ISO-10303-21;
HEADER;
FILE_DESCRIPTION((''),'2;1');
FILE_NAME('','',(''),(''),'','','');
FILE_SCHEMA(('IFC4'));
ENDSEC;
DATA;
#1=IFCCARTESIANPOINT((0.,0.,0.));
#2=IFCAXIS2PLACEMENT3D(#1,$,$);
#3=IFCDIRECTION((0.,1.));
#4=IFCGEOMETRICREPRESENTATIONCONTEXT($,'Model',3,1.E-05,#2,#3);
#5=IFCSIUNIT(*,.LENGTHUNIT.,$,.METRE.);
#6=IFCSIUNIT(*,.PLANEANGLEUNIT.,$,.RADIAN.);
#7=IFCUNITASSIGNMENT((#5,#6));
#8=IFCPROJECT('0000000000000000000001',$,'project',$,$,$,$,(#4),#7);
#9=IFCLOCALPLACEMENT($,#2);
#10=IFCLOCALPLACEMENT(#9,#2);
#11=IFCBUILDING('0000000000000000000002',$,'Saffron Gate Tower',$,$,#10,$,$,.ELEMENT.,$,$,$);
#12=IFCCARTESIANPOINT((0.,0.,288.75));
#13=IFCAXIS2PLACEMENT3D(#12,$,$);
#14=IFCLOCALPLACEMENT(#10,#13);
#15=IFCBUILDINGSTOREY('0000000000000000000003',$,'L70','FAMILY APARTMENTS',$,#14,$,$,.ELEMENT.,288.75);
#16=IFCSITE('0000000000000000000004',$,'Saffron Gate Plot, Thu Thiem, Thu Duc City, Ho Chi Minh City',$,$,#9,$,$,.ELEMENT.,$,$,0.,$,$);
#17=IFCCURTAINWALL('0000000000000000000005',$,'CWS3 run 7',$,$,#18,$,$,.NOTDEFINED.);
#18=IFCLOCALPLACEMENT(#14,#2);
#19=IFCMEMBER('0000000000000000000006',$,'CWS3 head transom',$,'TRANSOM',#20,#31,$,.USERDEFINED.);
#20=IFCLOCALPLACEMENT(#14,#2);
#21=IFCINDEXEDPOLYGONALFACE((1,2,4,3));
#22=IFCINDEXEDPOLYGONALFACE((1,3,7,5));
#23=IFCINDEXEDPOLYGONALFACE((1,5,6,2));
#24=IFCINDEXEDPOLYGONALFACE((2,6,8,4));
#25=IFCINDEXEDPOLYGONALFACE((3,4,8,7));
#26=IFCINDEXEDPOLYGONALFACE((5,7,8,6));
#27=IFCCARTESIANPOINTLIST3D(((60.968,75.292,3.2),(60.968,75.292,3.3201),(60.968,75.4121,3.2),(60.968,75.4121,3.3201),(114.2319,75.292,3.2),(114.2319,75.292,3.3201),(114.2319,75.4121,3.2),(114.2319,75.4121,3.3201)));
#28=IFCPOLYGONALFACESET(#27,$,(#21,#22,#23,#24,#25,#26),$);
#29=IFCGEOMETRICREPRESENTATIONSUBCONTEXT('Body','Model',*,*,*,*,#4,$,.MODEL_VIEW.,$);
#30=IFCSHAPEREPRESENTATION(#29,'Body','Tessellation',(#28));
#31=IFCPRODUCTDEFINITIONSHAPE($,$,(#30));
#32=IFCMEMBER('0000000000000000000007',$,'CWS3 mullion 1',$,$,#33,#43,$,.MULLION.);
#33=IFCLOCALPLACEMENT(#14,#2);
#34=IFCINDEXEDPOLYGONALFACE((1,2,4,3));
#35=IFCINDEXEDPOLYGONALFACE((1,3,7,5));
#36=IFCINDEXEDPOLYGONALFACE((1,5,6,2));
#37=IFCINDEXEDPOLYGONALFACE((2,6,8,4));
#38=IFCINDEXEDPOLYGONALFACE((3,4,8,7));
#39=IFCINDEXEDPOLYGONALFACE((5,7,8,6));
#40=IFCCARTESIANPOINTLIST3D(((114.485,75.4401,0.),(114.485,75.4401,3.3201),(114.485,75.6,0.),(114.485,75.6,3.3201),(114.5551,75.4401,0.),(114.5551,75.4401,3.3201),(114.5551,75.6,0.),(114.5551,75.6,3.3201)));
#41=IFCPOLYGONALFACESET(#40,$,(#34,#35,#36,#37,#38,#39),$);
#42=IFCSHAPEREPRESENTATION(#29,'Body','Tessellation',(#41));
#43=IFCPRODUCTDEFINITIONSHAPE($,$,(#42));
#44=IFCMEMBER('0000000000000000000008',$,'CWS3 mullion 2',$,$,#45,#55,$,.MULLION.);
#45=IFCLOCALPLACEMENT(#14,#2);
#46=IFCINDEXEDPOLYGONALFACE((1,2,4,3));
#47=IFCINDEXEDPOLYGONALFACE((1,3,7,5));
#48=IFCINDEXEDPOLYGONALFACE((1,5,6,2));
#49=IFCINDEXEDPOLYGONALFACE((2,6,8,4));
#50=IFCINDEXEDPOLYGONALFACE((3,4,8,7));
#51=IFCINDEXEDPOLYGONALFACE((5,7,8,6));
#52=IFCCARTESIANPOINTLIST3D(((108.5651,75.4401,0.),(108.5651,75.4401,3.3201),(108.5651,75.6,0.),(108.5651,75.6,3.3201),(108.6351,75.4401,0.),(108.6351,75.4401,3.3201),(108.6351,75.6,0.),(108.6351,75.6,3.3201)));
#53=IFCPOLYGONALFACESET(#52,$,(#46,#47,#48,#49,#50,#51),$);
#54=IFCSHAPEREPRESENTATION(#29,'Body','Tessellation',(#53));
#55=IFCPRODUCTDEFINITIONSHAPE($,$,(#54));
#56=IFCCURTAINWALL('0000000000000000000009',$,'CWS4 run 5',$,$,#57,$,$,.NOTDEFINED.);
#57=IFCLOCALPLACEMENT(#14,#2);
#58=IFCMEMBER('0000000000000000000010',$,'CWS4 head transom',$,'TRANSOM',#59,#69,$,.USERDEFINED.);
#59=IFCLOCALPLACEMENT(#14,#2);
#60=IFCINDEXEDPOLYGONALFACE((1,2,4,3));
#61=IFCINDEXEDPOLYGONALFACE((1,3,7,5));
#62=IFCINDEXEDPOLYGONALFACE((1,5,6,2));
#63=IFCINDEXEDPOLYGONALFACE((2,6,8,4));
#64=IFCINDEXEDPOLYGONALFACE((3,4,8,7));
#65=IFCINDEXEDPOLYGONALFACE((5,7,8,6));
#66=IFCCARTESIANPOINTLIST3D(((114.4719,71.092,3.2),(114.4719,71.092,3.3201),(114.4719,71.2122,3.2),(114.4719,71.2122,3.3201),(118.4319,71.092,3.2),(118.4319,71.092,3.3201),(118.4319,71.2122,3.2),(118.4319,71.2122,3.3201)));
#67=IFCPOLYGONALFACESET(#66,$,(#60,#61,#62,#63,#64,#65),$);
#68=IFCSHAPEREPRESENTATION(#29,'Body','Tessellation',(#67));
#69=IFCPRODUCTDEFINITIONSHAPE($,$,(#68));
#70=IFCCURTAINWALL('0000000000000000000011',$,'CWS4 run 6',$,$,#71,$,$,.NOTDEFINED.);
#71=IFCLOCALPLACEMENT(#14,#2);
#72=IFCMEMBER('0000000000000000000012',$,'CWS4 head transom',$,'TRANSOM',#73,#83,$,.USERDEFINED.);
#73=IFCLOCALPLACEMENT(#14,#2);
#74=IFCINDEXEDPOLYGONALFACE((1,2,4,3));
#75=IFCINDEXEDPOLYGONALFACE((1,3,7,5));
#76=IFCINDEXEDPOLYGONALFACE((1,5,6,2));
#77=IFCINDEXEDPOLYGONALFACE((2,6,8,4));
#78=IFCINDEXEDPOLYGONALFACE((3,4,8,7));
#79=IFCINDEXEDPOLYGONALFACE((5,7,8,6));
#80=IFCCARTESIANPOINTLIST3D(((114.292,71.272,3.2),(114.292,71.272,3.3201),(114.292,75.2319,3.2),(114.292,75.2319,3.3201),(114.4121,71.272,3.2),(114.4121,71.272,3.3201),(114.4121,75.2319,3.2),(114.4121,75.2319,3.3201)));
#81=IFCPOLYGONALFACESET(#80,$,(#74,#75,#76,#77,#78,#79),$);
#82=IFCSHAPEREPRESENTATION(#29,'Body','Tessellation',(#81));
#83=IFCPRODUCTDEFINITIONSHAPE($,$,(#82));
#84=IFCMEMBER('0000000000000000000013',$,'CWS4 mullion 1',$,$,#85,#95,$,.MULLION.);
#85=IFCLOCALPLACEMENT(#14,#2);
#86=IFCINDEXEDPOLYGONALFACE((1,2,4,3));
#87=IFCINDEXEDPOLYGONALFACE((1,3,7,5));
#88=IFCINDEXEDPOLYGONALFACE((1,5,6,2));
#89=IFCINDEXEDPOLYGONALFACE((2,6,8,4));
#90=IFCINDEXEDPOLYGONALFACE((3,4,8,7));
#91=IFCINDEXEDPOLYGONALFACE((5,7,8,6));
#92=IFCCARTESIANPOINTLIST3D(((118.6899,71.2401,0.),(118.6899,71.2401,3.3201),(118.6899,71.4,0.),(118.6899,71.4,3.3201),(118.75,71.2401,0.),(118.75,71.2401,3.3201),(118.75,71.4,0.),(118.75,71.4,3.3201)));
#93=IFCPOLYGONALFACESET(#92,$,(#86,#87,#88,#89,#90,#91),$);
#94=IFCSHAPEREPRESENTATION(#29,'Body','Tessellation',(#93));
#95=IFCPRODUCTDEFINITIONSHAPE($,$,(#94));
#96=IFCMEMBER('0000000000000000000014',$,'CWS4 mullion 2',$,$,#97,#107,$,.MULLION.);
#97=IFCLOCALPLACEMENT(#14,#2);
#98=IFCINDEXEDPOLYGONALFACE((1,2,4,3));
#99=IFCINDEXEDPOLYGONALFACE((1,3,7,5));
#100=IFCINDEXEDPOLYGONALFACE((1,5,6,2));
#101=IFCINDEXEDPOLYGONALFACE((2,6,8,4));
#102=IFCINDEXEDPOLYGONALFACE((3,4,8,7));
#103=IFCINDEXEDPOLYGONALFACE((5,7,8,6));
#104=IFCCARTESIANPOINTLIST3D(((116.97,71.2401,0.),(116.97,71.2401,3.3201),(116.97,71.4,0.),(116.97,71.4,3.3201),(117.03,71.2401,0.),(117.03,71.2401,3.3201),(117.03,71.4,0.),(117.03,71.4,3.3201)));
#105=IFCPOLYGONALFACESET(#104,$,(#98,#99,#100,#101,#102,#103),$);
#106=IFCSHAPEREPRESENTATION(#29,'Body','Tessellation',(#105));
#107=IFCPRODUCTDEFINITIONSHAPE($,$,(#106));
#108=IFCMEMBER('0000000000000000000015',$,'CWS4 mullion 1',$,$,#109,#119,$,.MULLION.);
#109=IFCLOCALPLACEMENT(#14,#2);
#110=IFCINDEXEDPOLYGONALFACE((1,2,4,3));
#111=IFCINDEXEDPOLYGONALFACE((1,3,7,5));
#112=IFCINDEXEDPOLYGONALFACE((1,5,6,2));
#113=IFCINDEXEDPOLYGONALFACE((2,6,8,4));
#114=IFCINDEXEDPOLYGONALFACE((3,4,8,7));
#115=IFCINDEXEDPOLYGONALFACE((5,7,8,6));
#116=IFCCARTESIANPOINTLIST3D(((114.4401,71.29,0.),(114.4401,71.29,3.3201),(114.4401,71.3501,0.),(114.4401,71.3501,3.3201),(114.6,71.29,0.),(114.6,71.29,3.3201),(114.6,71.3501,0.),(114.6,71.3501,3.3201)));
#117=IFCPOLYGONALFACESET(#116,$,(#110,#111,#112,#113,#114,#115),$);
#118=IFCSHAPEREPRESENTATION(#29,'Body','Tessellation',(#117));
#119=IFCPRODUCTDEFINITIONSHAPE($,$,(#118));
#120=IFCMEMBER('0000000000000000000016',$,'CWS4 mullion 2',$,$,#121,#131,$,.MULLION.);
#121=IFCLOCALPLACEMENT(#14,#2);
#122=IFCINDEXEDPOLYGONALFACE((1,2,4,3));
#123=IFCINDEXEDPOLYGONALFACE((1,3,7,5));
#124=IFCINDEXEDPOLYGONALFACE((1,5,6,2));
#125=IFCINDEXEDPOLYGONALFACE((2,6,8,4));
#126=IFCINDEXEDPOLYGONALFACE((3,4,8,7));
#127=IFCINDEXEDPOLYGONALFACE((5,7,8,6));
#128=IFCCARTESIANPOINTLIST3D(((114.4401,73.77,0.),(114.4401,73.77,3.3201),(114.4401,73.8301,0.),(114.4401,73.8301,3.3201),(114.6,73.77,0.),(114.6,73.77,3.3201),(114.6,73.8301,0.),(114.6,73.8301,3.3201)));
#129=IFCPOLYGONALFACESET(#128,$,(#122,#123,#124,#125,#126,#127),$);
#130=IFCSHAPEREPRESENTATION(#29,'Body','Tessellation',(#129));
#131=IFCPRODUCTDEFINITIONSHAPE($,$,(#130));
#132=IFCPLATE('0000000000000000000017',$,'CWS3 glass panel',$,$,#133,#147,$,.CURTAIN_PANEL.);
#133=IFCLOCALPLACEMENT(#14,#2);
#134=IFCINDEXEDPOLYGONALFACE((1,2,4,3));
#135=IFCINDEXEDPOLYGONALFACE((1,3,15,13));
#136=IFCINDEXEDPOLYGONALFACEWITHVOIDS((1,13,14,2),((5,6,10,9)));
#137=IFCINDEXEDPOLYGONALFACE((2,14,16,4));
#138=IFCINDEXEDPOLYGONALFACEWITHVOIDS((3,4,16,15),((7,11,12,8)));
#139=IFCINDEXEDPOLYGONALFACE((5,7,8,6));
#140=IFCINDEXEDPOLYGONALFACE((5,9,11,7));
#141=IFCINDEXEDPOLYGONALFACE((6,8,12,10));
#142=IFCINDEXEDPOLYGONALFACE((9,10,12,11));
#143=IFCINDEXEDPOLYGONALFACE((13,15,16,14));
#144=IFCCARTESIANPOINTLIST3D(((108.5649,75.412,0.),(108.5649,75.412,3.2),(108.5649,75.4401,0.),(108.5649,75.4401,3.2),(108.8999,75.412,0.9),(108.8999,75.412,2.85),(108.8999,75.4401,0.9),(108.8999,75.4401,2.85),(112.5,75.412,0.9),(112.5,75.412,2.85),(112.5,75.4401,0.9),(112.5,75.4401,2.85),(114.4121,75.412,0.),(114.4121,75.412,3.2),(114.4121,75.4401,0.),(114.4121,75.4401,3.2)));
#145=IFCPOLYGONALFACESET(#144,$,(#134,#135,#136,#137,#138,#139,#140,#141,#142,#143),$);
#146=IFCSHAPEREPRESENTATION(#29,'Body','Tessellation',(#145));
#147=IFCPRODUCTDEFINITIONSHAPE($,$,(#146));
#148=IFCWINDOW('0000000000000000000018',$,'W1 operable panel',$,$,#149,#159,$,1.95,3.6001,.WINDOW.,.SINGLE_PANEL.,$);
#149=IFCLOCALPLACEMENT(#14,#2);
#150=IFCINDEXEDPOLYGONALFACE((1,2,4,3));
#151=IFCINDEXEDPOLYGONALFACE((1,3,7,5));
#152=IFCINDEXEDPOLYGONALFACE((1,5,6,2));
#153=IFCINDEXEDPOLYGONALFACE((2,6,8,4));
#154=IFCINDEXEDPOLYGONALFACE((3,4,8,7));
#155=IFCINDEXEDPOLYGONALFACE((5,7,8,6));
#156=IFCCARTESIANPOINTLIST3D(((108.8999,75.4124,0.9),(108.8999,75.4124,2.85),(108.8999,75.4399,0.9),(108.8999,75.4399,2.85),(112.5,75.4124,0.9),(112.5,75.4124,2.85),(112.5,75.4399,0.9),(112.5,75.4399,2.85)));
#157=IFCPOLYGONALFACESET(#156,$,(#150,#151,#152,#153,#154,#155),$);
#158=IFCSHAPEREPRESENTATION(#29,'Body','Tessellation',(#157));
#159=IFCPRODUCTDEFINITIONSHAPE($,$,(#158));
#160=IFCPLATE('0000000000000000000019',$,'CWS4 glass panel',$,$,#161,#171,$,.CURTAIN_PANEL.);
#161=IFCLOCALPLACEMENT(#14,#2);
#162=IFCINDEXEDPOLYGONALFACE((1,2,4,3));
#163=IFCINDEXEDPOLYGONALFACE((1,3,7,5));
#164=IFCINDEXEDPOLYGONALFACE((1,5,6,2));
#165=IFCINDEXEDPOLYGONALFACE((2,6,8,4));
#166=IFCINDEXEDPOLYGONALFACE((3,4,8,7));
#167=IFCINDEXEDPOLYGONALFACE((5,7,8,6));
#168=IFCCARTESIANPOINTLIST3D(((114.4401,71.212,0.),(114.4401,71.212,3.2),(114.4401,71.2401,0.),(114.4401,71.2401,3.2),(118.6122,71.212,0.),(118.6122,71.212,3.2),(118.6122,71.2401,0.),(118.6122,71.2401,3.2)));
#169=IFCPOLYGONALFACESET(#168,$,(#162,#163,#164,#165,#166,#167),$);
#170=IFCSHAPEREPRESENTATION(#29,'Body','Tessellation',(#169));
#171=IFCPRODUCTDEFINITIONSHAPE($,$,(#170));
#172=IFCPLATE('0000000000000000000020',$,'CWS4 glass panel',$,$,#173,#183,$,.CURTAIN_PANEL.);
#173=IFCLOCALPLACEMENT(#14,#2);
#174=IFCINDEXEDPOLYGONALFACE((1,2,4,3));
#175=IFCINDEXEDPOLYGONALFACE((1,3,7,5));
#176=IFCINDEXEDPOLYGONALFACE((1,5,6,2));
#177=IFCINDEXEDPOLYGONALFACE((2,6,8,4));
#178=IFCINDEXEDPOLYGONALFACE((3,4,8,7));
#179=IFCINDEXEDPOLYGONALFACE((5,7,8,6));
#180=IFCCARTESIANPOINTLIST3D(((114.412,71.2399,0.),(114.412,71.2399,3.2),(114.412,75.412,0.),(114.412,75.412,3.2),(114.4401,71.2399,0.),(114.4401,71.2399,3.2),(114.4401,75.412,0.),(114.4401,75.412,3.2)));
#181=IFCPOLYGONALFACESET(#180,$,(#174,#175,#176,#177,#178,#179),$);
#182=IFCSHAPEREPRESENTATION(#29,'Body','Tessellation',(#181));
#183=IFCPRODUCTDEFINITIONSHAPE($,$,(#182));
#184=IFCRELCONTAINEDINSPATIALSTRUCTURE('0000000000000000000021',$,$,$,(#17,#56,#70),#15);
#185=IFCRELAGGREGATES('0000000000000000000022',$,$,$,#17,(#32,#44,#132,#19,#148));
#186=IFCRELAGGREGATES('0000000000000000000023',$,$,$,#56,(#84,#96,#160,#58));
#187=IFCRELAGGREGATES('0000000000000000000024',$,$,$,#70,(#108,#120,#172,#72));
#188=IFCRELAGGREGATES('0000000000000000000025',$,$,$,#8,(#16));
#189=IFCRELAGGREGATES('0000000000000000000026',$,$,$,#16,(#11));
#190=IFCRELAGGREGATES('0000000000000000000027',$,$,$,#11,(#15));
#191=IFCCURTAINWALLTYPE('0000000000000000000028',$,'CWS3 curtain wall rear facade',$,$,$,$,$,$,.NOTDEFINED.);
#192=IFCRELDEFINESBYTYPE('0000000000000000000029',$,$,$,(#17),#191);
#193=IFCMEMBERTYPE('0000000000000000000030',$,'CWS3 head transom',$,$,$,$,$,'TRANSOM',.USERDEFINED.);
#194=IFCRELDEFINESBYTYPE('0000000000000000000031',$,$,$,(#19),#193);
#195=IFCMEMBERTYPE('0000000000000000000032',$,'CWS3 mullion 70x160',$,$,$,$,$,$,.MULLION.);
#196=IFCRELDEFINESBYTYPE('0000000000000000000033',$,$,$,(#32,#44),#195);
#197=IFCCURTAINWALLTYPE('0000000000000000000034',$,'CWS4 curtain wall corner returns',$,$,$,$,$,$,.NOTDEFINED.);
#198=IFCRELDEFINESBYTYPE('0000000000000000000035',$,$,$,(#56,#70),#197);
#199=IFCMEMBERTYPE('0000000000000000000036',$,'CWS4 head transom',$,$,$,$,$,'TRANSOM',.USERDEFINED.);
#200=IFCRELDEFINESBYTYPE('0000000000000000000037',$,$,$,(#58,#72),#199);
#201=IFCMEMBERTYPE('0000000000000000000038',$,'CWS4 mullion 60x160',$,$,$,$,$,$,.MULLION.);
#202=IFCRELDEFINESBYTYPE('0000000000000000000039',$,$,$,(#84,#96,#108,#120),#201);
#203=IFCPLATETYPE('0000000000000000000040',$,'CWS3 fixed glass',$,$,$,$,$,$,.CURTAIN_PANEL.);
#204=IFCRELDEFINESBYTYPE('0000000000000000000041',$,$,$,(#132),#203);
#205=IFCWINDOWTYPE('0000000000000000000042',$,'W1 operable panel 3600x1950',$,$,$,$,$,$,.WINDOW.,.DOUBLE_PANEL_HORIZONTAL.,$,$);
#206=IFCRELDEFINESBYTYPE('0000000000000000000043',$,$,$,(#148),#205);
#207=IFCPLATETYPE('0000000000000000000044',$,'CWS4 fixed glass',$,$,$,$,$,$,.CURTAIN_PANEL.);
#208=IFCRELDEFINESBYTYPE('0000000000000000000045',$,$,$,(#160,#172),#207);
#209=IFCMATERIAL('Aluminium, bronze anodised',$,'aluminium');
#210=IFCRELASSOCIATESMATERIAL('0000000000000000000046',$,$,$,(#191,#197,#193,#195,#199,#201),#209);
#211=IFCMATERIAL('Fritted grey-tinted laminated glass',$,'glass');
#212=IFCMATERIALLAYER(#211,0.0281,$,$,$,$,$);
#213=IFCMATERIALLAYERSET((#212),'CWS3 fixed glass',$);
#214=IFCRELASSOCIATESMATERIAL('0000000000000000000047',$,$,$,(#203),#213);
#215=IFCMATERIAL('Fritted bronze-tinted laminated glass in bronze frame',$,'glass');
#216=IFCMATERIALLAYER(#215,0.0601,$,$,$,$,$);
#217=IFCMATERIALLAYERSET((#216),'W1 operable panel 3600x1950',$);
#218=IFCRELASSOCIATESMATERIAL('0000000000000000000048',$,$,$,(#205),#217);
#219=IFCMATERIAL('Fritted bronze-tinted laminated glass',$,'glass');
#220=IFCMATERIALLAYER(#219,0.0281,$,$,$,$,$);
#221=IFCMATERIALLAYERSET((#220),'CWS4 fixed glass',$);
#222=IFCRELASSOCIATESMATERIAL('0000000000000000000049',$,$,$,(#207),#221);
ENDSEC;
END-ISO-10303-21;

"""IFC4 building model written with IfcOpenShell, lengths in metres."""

from ifc_helpers import new_model, si_unit, direction, frame, frame_2d, origin, origin_2d, place, context, subcontext, project, spatial, rectangle, extrude, material, layer, layer_set, material_profile, profile_set, type_object, element, fill, aggregate, save


model = new_model("IFC4")

# Units and contexts
model_context = context("Model", 3, precision=1e-05, world=origin(), true_north=direction((0.0, 1.0)))
body_context = subcontext(model_context, "Body", "Model", "MODEL_VIEW")
ifc_project = project(units=[si_unit("LENGTHUNIT", "METRE"), si_unit("PLANEANGLEUNIT", "RADIAN")], contexts=[model_context])

# Site, building, storey
site_placement = place(None, origin())
site = spatial("IfcSite", under=ifc_project, at=site_placement, Name="Saffron Gate Plot, Thu Thiem, Thu Duc City, Ho Chi Minh City", CompositionType="ELEMENT", RefElevation=0.0)
building_placement = place(site_placement, origin())
building = spatial("IfcBuilding", under=site, at=building_placement, Name="Saffron Gate Tower", CompositionType="ELEMENT")
storey_placement = place(building_placement, frame((0.0, 0.0, 288.75)))
storey = spatial("IfcBuildingStorey", under=building, at=storey_placement, Name="L70", Description="FAMILY APARTMENTS", CompositionType="ELEMENT", Elevation=288.75)

# Curtain wall, members
ifc_material_1 = material(Name="Aluminium, bronze anodised", Category="aluminium")
curtain_wall_type_1 = type_object("IfcCurtainWallType", Name="CWS3 curtain wall rear facade", PredefinedType="NOTDEFINED", material=ifc_material_1)
curtain_wall_1_placement = place(storey_placement, origin())
curtain_wall_1 = element("IfcCurtainWall", 1, at=curtain_wall_1_placement, inside=storey, type_object=curtain_wall_type_1, Name="CWS3 run 7", PredefinedType="NOTDEFINED")
ifc_material_profile_1 = material_profile(ifc_material_1, rectangle(XDim=0.1201, YDim=0.1201, at=origin_2d()))
ifc_profile_set_1 = profile_set([ifc_material_profile_1], Name="Aluminium, bronze anodised")
member_type_1 = type_object("IfcMemberType", Name="CWS3 head transom", ElementType="TRANSOM", PredefinedType="USERDEFINED", material=ifc_profile_set_1)
member_1_placement = place(storey_placement, frame((114.2319, 75.3521, 3.26), z_axis=(-1.0, 0.0, 0.0), x_axis=(0.0, -1.0, 0.0)))
member_1 = element("IfcMember", 2, at=member_1_placement, type_object=member_type_1, Name="CWS3 head transom", ObjectType="TRANSOM", PredefinedType="USERDEFINED", context=body_context, shape_type="SweptSolid", body=[
    extrude(rectangle(XDim=0.1201, YDim=0.1201, at=origin_2d()), origin(), (0.0, 0.0, 1.0), 53.2639),
])
ifc_material_profile_2 = material_profile(ifc_material_1, rectangle(XDim=0.1599, YDim=0.0701, at=origin_2d()))
ifc_profile_set_2 = profile_set([ifc_material_profile_2], Name="Aluminium, bronze anodised")
member_type_2 = type_object("IfcMemberType", Name="CWS3 mullion 70x160", PredefinedType="MULLION", material=ifc_profile_set_2)
member_2_placement = place(storey_placement, frame((114.52, 75.52, 0.0), z_axis=(0.0, 0.0, 1.0), x_axis=(0.0, -1.0, 0.0)))
member_2 = element("IfcMember", 3, at=member_2_placement, type_object=member_type_2, Name="CWS3 mullion 1", PredefinedType="MULLION", context=body_context, shape_type="SweptSolid", body=[
    extrude(rectangle(XDim=0.1599, YDim=0.0701, at=origin_2d()), origin(), (0.0, 0.0, 1.0), 3.3201),
])
member_3_placement = place(storey_placement, frame((108.6001, 75.52, 0.0), z_axis=(0.0, 0.0, 1.0), x_axis=(0.0, -1.0, 0.0)))
member_3 = element("IfcMember", 4, at=member_3_placement, type_object=member_type_2, Name="CWS3 mullion 2", PredefinedType="MULLION", context=body_context, shape_type="SweptSolid", body=[
    extrude(rectangle(XDim=0.1599, YDim=0.0701, at=origin_2d()), origin(), (0.0, 0.0, 1.0), 3.3201),
])

# Curtain walls, members
curtain_wall_type_2 = type_object("IfcCurtainWallType", Name="CWS4 curtain wall corner returns", PredefinedType="NOTDEFINED", material=ifc_material_1)
curtain_wall_2_placement = place(storey_placement, origin())
curtain_wall_2 = element("IfcCurtainWall", 5, at=curtain_wall_2_placement, inside=storey, type_object=curtain_wall_type_2, Name="CWS4 run 5", PredefinedType="NOTDEFINED")
ifc_material_profile_3 = material_profile(ifc_material_1, rectangle(XDim=0.1201, YDim=0.1201, at=origin_2d()))
ifc_profile_set_3 = profile_set([ifc_material_profile_3], Name="Aluminium, bronze anodised")
member_type_3 = type_object("IfcMemberType", Name="CWS4 head transom", ElementType="TRANSOM", PredefinedType="USERDEFINED", material=ifc_profile_set_3)
member_4_placement = place(storey_placement, frame((118.4319, 71.1521, 3.26), z_axis=(-1.0, 0.0, 0.0), x_axis=(0.0, -1.0, 0.0)))
member_4 = element("IfcMember", 6, at=member_4_placement, type_object=member_type_3, Name="CWS4 head transom", ObjectType="TRANSOM", PredefinedType="USERDEFINED", context=body_context, shape_type="SweptSolid", body=[
    extrude(rectangle(XDim=0.1201, YDim=0.1201, at=origin_2d()), origin(), (0.0, 0.0, 1.0), 3.96),
])
curtain_wall_3_placement = place(storey_placement, origin())
curtain_wall_3 = element("IfcCurtainWall", 7, at=curtain_wall_3_placement, inside=storey, type_object=curtain_wall_type_2, Name="CWS4 run 6", PredefinedType="NOTDEFINED")
member_5_placement = place(storey_placement, frame((114.3521, 71.272, 3.26), z_axis=(0.0, 1.0, 0.0), x_axis=(-1.0, 0.0, 0.0)))
member_5 = element("IfcMember", 8, at=member_5_placement, type_object=member_type_3, Name="CWS4 head transom", ObjectType="TRANSOM", PredefinedType="USERDEFINED", context=body_context, shape_type="SweptSolid", body=[
    extrude(rectangle(XDim=0.1201, YDim=0.1201, at=origin_2d()), origin(), (0.0, 0.0, 1.0), 3.96),
])

# Members
ifc_material_profile_4 = material_profile(ifc_material_1, rectangle(XDim=0.1599, YDim=0.0601, at=origin_2d()))
ifc_profile_set_4 = profile_set([ifc_material_profile_4], Name="Aluminium, bronze anodised")
member_type_4 = type_object("IfcMemberType", Name="CWS4 mullion 60x160", PredefinedType="MULLION", material=ifc_profile_set_4)
member_6_placement = place(storey_placement, frame((118.72, 71.3201, 0.0), z_axis=(0.0, 0.0, 1.0), x_axis=(0.0, -1.0, 0.0)))
member_6 = element("IfcMember", 9, at=member_6_placement, type_object=member_type_4, Name="CWS4 mullion 1", PredefinedType="MULLION", context=body_context, shape_type="SweptSolid", body=[
    extrude(rectangle(XDim=0.1599, YDim=0.0601, at=origin_2d()), origin(), (0.0, 0.0, 1.0), 3.3201),
])
member_7_placement = place(storey_placement, frame((117.0, 71.3201, 0.0), z_axis=(0.0, 0.0, 1.0), x_axis=(0.0, -1.0, 0.0)))
member_7 = element("IfcMember", 10, at=member_7_placement, type_object=member_type_4, Name="CWS4 mullion 2", PredefinedType="MULLION", context=body_context, shape_type="SweptSolid", body=[
    extrude(rectangle(XDim=0.1599, YDim=0.0601, at=origin_2d()), origin(), (0.0, 0.0, 1.0), 3.3201),
])
member_8_placement = place(storey_placement, frame((114.52, 71.3201, 0.0), z_axis=(0.0, 0.0, 1.0), x_axis=(-1.0, 0.0, 0.0)))
member_8 = element("IfcMember", 11, at=member_8_placement, type_object=member_type_4, Name="CWS4 mullion 1", PredefinedType="MULLION", context=body_context, shape_type="SweptSolid", body=[
    extrude(rectangle(XDim=0.1599, YDim=0.0601, at=origin_2d()), origin(), (0.0, 0.0, 1.0), 3.3201),
])
member_9_placement = place(storey_placement, frame((114.52, 73.8, 0.0), z_axis=(0.0, 0.0, 1.0), x_axis=(-1.0, 0.0, 0.0)))
member_9 = element("IfcMember", 12, at=member_9_placement, type_object=member_type_4, Name="CWS4 mullion 2", PredefinedType="MULLION", context=body_context, shape_type="SweptSolid", body=[
    extrude(rectangle(XDim=0.1599, YDim=0.0601, at=origin_2d()), origin(), (0.0, 0.0, 1.0), 3.3201),
])

# Plate, opening, window
ifc_material_2 = material(Name="Fritted grey-tinted laminated glass", Category="glass")
ifc_layer_1 = layer(ifc_material_2, 0.0281)
ifc_layer_set_1 = layer_set([ifc_layer_1], Name="CWS3 fixed glass")
plate_type_1 = type_object("IfcPlateType", Name="CWS3 fixed glass", PredefinedType="CURTAIN_PANEL", material=ifc_layer_set_1)
plate_1_placement = place(storey_placement, frame((114.4121, 75.426, 0.0), z_axis=(0.0, 0.0, 1.0), x_axis=(-1.0, 0.0, 0.0)))
plate_1 = element("IfcPlate", 13, at=plate_1_placement, type_object=plate_type_1, Name="CWS3 glass panel", PredefinedType="CURTAIN_PANEL", context=body_context, shape_type="SweptSolid", body=[
    extrude(rectangle(XDim=5.8472, YDim=0.0281, at=frame_2d((2.9236, 0.0))), origin(), (0.0, 0.0, 1.0), 3.2),
])
opening_1_placement = place(plate_1_placement, frame((1.9121, 0.0, 0.8999)))
opening_1 = element("IfcOpeningElement", 14, at=opening_1_placement, cuts=plate_1, PredefinedType="OPENING", context=body_context, shape_type="SweptSolid", body=[
    extrude(rectangle(XDim=3.6001, YDim=1.95, at=frame_2d((1.8, 0.9751))), frame((0.0, 0.0239, 0.0), z_axis=(0.0, -1.0, 0.0), x_axis=(1.0, 0.0, 0.0)), (0.0, 0.0, 1.0), 0.0481),
])
ifc_material_3 = material(Name="Fritted bronze-tinted laminated glass in bronze frame", Category="glass")
ifc_layer_2 = layer(ifc_material_3, 0.0601)
ifc_layer_set_2 = layer_set([ifc_layer_2], Name="W1 operable panel 3600x1950")
window_type = type_object("IfcWindowType", Name="W1 operable panel 3600x1950", PartitioningType="DOUBLE_PANEL_HORIZONTAL", PredefinedType="WINDOW", material=ifc_layer_set_2)
window_placement = place(opening_1_placement, origin())
window = element("IfcWindow", 15, at=window_placement, type_object=window_type, Name="W1 operable panel", OverallHeight=1.95, OverallWidth=3.6001, PartitioningType="SINGLE_PANEL", PredefinedType="WINDOW", context=body_context, shape_type="SweptSolid", body=[
    extrude(rectangle(XDim=3.6001, YDim=1.95, at=frame_2d((1.8, 0.9751))), frame((0.0, 0.0137, 0.0), z_axis=(0.0, -1.0, 0.0), x_axis=(1.0, 0.0, 0.0)), (0.0, 0.0, 1.0), 0.0276),
])
fill(opening_1, window)
aggregate(curtain_wall_1, [member_2, member_3, plate_1, member_1, window])

# Plates
ifc_material_4 = material(Name="Fritted bronze-tinted laminated glass", Category="glass")
ifc_layer_3 = layer(ifc_material_4, 0.0281)
ifc_layer_set_3 = layer_set([ifc_layer_3], Name="CWS4 fixed glass")
plate_type_2 = type_object("IfcPlateType", Name="CWS4 fixed glass", PredefinedType="CURTAIN_PANEL", material=ifc_layer_set_3)
plate_2_placement = place(storey_placement, frame((118.6121, 71.2261, 0.0), z_axis=(0.0, 0.0, 1.0), x_axis=(-1.0, 0.0, 0.0)))
plate_2 = element("IfcPlate", 16, at=plate_2_placement, type_object=plate_type_2, Name="CWS4 glass panel", PredefinedType="CURTAIN_PANEL", context=body_context, shape_type="SweptSolid", body=[
    extrude(rectangle(XDim=4.1721, YDim=0.0281, at=frame_2d((2.0859, 0.0))), origin(), (0.0, 0.0, 1.0), 3.2),
])
aggregate(curtain_wall_2, [member_6, member_7, plate_2, member_4])
plate_3_placement = place(storey_placement, frame((114.426, 71.24, 0.0), z_axis=(0.0, 0.0, 1.0), x_axis=(0.0, 1.0, 0.0)))
plate_3 = element("IfcPlate", 17, at=plate_3_placement, type_object=plate_type_2, Name="CWS4 glass panel", PredefinedType="CURTAIN_PANEL", context=body_context, shape_type="SweptSolid", body=[
    extrude(rectangle(XDim=4.1721, YDim=0.0281, at=frame_2d((2.0859, 0.0))), origin(), (0.0, 0.0, 1.0), 3.2),
])
aggregate(curtain_wall_3, [member_8, member_9, plate_3, member_5])

save(model, "model.ifc")
